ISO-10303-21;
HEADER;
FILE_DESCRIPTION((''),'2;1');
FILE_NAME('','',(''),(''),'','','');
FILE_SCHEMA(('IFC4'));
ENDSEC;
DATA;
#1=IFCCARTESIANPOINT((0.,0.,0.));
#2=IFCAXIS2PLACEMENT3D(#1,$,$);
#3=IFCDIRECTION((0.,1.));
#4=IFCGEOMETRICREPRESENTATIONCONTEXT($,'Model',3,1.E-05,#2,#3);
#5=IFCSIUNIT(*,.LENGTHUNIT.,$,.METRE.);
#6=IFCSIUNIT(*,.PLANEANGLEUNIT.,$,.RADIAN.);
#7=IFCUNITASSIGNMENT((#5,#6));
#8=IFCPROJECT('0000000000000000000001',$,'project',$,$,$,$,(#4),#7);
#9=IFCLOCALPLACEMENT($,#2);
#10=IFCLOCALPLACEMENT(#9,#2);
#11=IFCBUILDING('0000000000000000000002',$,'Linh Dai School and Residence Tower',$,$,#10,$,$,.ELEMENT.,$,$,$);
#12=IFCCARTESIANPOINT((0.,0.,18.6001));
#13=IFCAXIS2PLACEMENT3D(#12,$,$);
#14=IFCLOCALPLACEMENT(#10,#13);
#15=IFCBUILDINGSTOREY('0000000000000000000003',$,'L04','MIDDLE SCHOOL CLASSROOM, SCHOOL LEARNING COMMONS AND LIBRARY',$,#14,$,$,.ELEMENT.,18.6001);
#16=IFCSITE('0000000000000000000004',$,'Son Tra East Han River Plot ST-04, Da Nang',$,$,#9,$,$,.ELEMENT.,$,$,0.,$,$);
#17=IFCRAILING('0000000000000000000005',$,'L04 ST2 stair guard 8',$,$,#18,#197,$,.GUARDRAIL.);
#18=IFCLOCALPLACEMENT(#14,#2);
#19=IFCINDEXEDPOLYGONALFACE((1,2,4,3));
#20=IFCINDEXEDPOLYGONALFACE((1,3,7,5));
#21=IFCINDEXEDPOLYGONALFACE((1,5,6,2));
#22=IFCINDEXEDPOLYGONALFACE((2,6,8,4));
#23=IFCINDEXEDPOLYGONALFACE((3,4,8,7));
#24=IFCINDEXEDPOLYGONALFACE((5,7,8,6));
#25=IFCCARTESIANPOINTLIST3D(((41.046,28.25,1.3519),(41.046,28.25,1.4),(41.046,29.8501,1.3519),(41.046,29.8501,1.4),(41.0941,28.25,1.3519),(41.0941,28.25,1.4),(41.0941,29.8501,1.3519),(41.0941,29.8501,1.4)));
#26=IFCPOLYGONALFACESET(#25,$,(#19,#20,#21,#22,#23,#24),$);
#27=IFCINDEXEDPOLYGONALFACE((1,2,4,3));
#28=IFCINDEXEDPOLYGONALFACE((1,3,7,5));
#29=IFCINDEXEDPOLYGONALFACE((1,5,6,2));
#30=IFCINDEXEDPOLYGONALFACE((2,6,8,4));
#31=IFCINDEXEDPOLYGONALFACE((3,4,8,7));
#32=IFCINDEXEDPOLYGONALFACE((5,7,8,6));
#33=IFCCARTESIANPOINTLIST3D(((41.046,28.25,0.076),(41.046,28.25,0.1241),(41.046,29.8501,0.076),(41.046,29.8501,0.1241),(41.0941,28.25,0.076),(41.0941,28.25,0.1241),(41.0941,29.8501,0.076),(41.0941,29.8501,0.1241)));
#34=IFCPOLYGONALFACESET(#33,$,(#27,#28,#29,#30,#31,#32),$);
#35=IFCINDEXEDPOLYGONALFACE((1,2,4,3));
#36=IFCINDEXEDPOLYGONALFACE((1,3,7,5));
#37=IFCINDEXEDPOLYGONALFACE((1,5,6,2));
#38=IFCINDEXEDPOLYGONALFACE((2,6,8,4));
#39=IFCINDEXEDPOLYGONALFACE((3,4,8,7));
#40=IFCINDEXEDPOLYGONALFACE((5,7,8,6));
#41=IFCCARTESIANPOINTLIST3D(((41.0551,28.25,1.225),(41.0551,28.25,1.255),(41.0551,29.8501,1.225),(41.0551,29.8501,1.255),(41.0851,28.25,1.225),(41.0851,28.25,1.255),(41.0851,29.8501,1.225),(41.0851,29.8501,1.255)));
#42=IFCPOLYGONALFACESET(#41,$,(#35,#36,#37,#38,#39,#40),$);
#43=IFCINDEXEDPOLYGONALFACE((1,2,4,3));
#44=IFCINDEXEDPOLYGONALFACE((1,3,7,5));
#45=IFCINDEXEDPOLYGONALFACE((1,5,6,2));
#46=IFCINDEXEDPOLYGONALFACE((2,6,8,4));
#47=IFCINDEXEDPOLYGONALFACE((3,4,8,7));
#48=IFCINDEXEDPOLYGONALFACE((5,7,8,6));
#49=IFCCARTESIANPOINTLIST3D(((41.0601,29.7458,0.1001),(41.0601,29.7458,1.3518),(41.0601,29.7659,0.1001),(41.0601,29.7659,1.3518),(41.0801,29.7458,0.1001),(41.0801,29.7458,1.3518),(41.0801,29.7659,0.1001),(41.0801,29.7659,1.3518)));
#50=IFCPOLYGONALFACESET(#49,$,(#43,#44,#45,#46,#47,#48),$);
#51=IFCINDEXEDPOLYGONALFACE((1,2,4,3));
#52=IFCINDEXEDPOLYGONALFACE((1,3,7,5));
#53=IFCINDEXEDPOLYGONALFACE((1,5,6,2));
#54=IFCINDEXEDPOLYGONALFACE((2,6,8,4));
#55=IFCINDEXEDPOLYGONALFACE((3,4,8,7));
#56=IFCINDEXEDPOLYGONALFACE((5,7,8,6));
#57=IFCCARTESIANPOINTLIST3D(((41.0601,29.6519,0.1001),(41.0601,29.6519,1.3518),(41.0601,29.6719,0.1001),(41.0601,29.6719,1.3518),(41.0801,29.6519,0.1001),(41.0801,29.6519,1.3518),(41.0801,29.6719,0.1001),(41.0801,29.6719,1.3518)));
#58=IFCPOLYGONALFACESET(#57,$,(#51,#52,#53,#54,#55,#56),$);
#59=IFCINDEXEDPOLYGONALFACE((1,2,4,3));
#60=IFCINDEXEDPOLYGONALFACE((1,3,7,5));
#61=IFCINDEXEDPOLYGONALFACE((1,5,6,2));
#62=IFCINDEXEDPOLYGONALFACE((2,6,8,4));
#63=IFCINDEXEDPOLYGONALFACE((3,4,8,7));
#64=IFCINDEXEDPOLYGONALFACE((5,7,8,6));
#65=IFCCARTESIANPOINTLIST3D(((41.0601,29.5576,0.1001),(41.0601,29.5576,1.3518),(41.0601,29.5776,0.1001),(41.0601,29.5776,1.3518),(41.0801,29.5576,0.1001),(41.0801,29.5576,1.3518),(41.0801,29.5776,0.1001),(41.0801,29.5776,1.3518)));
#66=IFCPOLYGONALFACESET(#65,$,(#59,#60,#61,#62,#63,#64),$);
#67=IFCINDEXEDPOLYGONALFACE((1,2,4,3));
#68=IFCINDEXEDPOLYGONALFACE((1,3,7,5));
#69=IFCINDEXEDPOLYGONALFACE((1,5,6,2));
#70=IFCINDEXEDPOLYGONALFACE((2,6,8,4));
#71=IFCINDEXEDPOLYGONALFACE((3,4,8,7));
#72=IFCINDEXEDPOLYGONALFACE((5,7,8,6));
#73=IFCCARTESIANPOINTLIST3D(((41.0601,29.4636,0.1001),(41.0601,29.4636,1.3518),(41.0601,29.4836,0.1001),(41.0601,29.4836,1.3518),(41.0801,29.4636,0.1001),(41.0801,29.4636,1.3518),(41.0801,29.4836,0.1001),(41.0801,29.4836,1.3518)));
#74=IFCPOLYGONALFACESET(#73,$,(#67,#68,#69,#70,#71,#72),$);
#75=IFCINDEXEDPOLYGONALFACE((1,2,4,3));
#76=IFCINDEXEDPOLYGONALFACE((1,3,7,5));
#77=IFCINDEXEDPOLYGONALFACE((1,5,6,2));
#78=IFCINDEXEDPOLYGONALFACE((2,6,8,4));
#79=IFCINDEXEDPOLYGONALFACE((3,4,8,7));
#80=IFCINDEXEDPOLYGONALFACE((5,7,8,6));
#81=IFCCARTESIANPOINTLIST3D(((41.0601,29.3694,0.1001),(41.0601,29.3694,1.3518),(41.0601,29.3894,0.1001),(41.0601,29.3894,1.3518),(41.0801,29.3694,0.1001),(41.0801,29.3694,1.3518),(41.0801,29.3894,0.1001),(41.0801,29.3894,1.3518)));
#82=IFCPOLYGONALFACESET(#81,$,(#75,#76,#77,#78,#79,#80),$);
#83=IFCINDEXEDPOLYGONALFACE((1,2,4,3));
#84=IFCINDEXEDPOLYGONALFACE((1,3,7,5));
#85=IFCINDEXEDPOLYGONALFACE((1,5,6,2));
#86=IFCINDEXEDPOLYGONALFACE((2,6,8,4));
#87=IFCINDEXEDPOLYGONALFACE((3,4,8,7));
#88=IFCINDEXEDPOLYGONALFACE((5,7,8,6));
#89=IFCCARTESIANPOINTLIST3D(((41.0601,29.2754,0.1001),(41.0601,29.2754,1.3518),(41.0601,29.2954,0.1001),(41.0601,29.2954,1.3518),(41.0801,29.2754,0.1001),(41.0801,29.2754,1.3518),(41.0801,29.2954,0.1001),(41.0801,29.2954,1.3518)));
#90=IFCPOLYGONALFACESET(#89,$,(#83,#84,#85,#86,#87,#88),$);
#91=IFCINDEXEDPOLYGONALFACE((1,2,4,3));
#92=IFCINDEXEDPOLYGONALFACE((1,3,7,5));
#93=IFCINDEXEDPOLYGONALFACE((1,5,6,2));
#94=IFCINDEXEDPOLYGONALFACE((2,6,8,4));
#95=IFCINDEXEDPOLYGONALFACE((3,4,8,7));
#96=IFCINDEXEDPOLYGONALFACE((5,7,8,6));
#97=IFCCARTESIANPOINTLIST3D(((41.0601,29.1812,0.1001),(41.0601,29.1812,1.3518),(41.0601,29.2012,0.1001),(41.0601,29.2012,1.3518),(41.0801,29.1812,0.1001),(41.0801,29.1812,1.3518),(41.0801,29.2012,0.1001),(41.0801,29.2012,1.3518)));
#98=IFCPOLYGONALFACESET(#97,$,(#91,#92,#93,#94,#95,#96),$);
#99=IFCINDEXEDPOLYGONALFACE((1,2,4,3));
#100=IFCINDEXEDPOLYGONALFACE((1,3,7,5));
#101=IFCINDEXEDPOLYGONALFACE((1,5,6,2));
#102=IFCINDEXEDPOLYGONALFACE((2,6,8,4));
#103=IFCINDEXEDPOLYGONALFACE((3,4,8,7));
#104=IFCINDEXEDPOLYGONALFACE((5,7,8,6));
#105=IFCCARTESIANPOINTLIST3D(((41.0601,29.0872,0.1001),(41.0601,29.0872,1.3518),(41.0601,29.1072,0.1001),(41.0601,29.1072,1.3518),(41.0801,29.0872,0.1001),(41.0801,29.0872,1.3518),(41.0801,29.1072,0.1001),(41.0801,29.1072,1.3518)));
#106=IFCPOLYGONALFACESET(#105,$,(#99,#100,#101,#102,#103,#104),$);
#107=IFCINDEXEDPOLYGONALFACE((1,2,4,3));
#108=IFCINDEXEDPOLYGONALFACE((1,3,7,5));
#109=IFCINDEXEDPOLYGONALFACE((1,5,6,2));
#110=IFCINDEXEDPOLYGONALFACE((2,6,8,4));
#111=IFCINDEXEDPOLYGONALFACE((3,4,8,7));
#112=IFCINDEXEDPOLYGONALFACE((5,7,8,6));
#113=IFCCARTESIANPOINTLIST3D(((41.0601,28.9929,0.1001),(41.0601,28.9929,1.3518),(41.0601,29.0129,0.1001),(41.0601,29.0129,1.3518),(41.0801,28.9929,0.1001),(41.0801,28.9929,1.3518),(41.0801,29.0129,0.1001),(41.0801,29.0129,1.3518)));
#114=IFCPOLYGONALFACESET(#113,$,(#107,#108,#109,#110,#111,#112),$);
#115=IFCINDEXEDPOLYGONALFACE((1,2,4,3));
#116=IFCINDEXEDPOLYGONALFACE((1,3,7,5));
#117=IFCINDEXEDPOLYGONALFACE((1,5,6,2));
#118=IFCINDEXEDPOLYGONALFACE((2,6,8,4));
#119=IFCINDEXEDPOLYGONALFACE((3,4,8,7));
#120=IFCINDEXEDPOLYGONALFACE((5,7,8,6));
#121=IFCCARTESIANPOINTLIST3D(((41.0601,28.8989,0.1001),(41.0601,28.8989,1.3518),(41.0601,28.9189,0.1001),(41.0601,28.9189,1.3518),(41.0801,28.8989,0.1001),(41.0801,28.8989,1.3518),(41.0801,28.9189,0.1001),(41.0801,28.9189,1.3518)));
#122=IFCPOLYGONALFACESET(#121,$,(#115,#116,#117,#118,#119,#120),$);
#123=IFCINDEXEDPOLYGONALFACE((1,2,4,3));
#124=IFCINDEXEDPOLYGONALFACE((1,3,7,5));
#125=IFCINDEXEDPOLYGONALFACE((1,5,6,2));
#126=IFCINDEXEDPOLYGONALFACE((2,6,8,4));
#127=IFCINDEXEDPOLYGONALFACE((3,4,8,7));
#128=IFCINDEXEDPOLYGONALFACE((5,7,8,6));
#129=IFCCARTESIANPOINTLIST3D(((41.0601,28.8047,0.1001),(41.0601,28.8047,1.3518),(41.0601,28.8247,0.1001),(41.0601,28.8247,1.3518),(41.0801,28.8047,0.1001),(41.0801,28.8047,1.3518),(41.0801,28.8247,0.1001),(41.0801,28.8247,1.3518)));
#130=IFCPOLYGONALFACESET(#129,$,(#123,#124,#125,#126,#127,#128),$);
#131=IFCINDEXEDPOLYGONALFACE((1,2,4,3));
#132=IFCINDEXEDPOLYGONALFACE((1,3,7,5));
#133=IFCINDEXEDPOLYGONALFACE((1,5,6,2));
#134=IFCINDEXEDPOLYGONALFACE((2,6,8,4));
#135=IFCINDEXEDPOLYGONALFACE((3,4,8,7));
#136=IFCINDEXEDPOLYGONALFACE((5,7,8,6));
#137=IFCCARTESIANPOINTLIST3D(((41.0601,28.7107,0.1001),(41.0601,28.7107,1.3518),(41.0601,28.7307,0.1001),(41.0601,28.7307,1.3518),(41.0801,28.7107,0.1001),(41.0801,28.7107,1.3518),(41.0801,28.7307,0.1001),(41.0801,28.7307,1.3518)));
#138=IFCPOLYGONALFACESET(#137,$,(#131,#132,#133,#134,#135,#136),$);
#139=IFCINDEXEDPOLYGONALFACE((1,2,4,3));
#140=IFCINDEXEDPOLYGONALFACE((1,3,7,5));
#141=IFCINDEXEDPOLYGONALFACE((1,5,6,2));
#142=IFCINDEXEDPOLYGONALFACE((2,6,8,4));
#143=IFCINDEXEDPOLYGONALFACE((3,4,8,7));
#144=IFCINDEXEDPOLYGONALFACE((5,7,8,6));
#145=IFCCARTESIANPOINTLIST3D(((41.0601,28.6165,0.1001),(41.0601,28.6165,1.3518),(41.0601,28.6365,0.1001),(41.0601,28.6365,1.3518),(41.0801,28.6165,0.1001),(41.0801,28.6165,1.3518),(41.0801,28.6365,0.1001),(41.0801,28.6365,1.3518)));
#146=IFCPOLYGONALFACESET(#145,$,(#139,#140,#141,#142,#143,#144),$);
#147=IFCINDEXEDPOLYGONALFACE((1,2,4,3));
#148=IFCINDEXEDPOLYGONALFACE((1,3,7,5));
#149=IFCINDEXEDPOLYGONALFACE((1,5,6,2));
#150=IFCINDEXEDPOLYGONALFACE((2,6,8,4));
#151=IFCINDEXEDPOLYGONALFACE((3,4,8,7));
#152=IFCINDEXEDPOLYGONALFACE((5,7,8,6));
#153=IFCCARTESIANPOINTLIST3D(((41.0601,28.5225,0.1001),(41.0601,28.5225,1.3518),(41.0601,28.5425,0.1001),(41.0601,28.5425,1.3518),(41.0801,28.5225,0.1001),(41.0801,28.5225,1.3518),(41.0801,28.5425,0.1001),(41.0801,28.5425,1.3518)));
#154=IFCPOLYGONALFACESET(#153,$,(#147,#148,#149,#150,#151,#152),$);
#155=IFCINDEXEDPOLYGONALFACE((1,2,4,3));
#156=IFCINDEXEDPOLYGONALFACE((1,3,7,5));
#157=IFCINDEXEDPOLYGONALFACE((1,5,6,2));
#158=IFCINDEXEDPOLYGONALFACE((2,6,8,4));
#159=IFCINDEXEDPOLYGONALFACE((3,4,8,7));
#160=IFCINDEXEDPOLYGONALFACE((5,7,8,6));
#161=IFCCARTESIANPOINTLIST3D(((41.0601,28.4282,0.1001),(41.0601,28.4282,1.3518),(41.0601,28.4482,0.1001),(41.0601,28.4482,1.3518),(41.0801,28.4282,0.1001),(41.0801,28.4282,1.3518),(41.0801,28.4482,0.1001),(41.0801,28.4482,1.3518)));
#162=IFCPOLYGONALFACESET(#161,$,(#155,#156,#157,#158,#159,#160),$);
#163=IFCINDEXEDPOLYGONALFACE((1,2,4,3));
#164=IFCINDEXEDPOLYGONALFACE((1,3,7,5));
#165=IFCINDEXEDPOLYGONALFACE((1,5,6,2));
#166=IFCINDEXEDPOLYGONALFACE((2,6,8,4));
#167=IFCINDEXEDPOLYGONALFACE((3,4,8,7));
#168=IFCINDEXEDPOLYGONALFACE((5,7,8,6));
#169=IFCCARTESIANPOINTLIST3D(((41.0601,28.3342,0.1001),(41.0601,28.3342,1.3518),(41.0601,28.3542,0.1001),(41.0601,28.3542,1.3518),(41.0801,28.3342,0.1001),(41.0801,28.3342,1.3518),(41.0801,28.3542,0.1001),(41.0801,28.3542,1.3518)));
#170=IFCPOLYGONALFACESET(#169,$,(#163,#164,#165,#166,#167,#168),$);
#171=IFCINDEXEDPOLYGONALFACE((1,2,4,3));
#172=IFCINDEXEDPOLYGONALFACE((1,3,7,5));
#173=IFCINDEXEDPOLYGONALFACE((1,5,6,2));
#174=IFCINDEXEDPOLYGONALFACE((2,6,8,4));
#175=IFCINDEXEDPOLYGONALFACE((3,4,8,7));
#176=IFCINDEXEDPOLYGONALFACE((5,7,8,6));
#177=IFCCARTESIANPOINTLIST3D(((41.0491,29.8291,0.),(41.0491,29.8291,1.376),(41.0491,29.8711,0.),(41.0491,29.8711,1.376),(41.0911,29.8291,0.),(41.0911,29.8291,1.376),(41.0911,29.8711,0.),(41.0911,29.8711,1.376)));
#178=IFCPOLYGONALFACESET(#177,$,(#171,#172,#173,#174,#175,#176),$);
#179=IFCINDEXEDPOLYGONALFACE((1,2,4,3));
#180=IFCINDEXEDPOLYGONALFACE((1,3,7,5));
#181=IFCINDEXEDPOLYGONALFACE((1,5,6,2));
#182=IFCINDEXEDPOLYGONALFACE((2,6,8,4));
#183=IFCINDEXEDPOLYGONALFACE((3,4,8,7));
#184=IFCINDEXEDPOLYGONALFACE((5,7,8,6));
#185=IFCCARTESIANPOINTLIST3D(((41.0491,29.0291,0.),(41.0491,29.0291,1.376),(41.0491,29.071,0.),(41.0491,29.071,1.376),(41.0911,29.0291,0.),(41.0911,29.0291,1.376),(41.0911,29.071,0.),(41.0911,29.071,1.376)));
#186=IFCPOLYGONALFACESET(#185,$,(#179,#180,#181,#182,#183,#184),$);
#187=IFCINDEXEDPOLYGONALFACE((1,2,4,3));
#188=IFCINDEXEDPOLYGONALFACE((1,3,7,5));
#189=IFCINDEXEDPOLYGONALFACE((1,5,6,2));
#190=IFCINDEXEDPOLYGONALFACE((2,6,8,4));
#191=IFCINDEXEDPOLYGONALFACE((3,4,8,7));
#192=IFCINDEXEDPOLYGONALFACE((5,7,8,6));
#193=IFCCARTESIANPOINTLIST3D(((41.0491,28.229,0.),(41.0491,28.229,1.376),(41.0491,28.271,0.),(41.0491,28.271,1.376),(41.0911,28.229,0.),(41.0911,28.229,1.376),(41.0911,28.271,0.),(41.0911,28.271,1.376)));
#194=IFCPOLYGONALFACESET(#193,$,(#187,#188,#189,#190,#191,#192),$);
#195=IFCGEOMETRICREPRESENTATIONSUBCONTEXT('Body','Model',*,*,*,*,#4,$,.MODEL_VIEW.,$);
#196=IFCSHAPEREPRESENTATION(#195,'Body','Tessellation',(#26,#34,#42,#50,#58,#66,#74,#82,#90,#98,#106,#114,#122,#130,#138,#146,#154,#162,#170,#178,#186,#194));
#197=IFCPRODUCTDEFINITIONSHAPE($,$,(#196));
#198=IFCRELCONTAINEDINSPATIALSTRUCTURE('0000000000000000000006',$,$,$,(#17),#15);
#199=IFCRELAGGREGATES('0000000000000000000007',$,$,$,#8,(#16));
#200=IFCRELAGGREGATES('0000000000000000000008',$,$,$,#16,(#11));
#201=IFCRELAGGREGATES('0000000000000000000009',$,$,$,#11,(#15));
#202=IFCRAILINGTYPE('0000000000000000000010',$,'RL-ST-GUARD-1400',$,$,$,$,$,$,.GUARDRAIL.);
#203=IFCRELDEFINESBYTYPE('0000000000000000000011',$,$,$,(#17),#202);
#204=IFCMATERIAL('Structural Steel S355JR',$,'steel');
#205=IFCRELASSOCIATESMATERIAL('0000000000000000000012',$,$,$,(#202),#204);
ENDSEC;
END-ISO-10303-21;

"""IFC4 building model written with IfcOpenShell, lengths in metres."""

from ifc_helpers import new_model, si_unit, direction, frame, origin, origin_2d, place, context, subcontext, project, spatial, rectangle, extrude, source, transform, mapped, material, type_object, element, save


model = new_model("IFC4")

# Units and contexts
model_context = context("Model", 3, precision=1e-05, world=origin(), true_north=direction((0.0, 1.0)))
body_context = subcontext(model_context, "Body", "Model", "MODEL_VIEW")
ifc_project = project(units=[si_unit("LENGTHUNIT", "METRE"), si_unit("PLANEANGLEUNIT", "RADIAN")], contexts=[model_context])

# Site, building, storey
site_placement = place(None, origin())
site = spatial("IfcSite", under=ifc_project, at=site_placement, Name="Son Tra East Han River Plot ST-04, Da Nang", CompositionType="ELEMENT", RefElevation=0.0)
building_placement = place(site_placement, origin())
building = spatial("IfcBuilding", under=site, at=building_placement, Name="Linh Dai School and Residence Tower", CompositionType="ELEMENT")
storey_placement = place(building_placement, frame((0.0, 0.0, 18.6001)))
storey = spatial("IfcBuildingStorey", under=building, at=storey_placement, Name="L04", Description="MIDDLE SCHOOL CLASSROOM, SCHOOL LEARNING COMMONS AND LIBRARY", CompositionType="ELEMENT", Elevation=18.6001)

# Shared definitions
ifc_material_1 = material(Name="Structural Steel S355JR", Category="steel")

# Railing
railing_type_1 = type_object("IfcRailingType", Name="RL-ST-GUARD-1400", PredefinedType="GUARDRAIL", material=ifc_material_1)
shared_shape_1 = source(origin(), body_context, "Body", "SweptSolid", [
    extrude(rectangle(XDim=0.0481, YDim=0.0481, at=origin_2d()), frame((0.0, 0.0, 1.376), z_axis=(0.0, -1.0, 0.0), x_axis=(1.0, 0.0, 0.0)), (0.0, 0.0, 1.0), 1.6001),
    extrude(rectangle(XDim=0.0481, YDim=0.0481, at=origin_2d()), frame((0.0, 0.0, 0.1001), z_axis=(0.0, -1.0, 0.0), x_axis=(1.0, 0.0, 0.0)), (0.0, 0.0, 1.0), 1.6001),
    extrude(rectangle(XDim=0.03, YDim=0.03, at=origin_2d()), frame((0.0, 0.0, 1.24), z_axis=(0.0, -1.0, 0.0), x_axis=(1.0, 0.0, 0.0)), (0.0, 0.0, 1.0), 1.6001),
    extrude(rectangle(XDim=0.02, YDim=0.02, at=origin_2d()), frame((0.0, -0.0942, 0.1001)), (0.0, 0.0, 1.0), 1.2517),
    extrude(rectangle(XDim=0.02, YDim=0.02, at=origin_2d()), frame((0.0, -0.1882, 0.1001)), (0.0, 0.0, 1.0), 1.2517),
    extrude(rectangle(XDim=0.02, YDim=0.02, at=origin_2d()), frame((0.0, -0.2825, 0.1001)), (0.0, 0.0, 1.0), 1.2517),
    extrude(rectangle(XDim=0.02, YDim=0.02, at=origin_2d()), frame((0.0, -0.3765, 0.1001)), (0.0, 0.0, 1.0), 1.2517),
    extrude(rectangle(XDim=0.02, YDim=0.02, at=origin_2d()), frame((0.0, -0.4707, 0.1001)), (0.0, 0.0, 1.0), 1.2517),
    extrude(rectangle(XDim=0.02, YDim=0.02, at=origin_2d()), frame((0.0, -0.5647, 0.1001)), (0.0, 0.0, 1.0), 1.2517),
    extrude(rectangle(XDim=0.02, YDim=0.02, at=origin_2d()), frame((0.0, -0.6589, 0.1001)), (0.0, 0.0, 1.0), 1.2517),
    extrude(rectangle(XDim=0.02, YDim=0.02, at=origin_2d()), frame((0.0, -0.7529, 0.1001)), (0.0, 0.0, 1.0), 1.2517),
    extrude(rectangle(XDim=0.02, YDim=0.02, at=origin_2d()), frame((0.0, -0.8472, 0.1001)), (0.0, 0.0, 1.0), 1.2517),
    extrude(rectangle(XDim=0.02, YDim=0.02, at=origin_2d()), frame((0.0, -0.9412, 0.1001)), (0.0, 0.0, 1.0), 1.2517),
    extrude(rectangle(XDim=0.02, YDim=0.02, at=origin_2d()), frame((0.0, -1.0354, 0.1001)), (0.0, 0.0, 1.0), 1.2517),
    extrude(rectangle(XDim=0.02, YDim=0.02, at=origin_2d()), frame((0.0, -1.1294, 0.1001)), (0.0, 0.0, 1.0), 1.2517),
    extrude(rectangle(XDim=0.02, YDim=0.02, at=origin_2d()), frame((0.0, -1.2236, 0.1001)), (0.0, 0.0, 1.0), 1.2517),
    extrude(rectangle(XDim=0.02, YDim=0.02, at=origin_2d()), frame((0.0, -1.3176, 0.1001)), (0.0, 0.0, 1.0), 1.2517),
    extrude(rectangle(XDim=0.02, YDim=0.02, at=origin_2d()), frame((0.0, -1.4119, 0.1001)), (0.0, 0.0, 1.0), 1.2517),
    extrude(rectangle(XDim=0.02, YDim=0.02, at=origin_2d()), frame((0.0, -1.5059, 0.1001)), (0.0, 0.0, 1.0), 1.2517),
    extrude(rectangle(XDim=0.042, YDim=0.042, at=origin_2d()), origin(), (0.0, 0.0, 1.0), 1.376),
    extrude(rectangle(XDim=0.042, YDim=0.042, at=origin_2d()), frame((0.0, -0.8, 0.0)), (0.0, 0.0, 1.0), 1.376),
    extrude(rectangle(XDim=0.042, YDim=0.042, at=origin_2d()), frame((0.0, -1.6001, 0.0)), (0.0, 0.0, 1.0), 1.376),
])
for number, where, name in (
    (1, (41.0701, 29.8501, 0.0), "L04 ST2 stair guard 8"),
):
    element("IfcRailing", number, at=place(storey_placement, frame(where)), inside=storey, type_object=railing_type_1, Name=name, PredefinedType="GUARDRAIL", context=body_context, shape_type="MappedRepresentation", body=[
        mapped(shared_shape_1, transform((0.0, 0.0, 0.0), x_axis=(1.0, 0.0, 0.0), y_axis=(0.0, 1.0, 0.0), z_axis=(0.0, 0.0, 1.0), scale=1.0)),
    ])

save(model, "model.ifc")
